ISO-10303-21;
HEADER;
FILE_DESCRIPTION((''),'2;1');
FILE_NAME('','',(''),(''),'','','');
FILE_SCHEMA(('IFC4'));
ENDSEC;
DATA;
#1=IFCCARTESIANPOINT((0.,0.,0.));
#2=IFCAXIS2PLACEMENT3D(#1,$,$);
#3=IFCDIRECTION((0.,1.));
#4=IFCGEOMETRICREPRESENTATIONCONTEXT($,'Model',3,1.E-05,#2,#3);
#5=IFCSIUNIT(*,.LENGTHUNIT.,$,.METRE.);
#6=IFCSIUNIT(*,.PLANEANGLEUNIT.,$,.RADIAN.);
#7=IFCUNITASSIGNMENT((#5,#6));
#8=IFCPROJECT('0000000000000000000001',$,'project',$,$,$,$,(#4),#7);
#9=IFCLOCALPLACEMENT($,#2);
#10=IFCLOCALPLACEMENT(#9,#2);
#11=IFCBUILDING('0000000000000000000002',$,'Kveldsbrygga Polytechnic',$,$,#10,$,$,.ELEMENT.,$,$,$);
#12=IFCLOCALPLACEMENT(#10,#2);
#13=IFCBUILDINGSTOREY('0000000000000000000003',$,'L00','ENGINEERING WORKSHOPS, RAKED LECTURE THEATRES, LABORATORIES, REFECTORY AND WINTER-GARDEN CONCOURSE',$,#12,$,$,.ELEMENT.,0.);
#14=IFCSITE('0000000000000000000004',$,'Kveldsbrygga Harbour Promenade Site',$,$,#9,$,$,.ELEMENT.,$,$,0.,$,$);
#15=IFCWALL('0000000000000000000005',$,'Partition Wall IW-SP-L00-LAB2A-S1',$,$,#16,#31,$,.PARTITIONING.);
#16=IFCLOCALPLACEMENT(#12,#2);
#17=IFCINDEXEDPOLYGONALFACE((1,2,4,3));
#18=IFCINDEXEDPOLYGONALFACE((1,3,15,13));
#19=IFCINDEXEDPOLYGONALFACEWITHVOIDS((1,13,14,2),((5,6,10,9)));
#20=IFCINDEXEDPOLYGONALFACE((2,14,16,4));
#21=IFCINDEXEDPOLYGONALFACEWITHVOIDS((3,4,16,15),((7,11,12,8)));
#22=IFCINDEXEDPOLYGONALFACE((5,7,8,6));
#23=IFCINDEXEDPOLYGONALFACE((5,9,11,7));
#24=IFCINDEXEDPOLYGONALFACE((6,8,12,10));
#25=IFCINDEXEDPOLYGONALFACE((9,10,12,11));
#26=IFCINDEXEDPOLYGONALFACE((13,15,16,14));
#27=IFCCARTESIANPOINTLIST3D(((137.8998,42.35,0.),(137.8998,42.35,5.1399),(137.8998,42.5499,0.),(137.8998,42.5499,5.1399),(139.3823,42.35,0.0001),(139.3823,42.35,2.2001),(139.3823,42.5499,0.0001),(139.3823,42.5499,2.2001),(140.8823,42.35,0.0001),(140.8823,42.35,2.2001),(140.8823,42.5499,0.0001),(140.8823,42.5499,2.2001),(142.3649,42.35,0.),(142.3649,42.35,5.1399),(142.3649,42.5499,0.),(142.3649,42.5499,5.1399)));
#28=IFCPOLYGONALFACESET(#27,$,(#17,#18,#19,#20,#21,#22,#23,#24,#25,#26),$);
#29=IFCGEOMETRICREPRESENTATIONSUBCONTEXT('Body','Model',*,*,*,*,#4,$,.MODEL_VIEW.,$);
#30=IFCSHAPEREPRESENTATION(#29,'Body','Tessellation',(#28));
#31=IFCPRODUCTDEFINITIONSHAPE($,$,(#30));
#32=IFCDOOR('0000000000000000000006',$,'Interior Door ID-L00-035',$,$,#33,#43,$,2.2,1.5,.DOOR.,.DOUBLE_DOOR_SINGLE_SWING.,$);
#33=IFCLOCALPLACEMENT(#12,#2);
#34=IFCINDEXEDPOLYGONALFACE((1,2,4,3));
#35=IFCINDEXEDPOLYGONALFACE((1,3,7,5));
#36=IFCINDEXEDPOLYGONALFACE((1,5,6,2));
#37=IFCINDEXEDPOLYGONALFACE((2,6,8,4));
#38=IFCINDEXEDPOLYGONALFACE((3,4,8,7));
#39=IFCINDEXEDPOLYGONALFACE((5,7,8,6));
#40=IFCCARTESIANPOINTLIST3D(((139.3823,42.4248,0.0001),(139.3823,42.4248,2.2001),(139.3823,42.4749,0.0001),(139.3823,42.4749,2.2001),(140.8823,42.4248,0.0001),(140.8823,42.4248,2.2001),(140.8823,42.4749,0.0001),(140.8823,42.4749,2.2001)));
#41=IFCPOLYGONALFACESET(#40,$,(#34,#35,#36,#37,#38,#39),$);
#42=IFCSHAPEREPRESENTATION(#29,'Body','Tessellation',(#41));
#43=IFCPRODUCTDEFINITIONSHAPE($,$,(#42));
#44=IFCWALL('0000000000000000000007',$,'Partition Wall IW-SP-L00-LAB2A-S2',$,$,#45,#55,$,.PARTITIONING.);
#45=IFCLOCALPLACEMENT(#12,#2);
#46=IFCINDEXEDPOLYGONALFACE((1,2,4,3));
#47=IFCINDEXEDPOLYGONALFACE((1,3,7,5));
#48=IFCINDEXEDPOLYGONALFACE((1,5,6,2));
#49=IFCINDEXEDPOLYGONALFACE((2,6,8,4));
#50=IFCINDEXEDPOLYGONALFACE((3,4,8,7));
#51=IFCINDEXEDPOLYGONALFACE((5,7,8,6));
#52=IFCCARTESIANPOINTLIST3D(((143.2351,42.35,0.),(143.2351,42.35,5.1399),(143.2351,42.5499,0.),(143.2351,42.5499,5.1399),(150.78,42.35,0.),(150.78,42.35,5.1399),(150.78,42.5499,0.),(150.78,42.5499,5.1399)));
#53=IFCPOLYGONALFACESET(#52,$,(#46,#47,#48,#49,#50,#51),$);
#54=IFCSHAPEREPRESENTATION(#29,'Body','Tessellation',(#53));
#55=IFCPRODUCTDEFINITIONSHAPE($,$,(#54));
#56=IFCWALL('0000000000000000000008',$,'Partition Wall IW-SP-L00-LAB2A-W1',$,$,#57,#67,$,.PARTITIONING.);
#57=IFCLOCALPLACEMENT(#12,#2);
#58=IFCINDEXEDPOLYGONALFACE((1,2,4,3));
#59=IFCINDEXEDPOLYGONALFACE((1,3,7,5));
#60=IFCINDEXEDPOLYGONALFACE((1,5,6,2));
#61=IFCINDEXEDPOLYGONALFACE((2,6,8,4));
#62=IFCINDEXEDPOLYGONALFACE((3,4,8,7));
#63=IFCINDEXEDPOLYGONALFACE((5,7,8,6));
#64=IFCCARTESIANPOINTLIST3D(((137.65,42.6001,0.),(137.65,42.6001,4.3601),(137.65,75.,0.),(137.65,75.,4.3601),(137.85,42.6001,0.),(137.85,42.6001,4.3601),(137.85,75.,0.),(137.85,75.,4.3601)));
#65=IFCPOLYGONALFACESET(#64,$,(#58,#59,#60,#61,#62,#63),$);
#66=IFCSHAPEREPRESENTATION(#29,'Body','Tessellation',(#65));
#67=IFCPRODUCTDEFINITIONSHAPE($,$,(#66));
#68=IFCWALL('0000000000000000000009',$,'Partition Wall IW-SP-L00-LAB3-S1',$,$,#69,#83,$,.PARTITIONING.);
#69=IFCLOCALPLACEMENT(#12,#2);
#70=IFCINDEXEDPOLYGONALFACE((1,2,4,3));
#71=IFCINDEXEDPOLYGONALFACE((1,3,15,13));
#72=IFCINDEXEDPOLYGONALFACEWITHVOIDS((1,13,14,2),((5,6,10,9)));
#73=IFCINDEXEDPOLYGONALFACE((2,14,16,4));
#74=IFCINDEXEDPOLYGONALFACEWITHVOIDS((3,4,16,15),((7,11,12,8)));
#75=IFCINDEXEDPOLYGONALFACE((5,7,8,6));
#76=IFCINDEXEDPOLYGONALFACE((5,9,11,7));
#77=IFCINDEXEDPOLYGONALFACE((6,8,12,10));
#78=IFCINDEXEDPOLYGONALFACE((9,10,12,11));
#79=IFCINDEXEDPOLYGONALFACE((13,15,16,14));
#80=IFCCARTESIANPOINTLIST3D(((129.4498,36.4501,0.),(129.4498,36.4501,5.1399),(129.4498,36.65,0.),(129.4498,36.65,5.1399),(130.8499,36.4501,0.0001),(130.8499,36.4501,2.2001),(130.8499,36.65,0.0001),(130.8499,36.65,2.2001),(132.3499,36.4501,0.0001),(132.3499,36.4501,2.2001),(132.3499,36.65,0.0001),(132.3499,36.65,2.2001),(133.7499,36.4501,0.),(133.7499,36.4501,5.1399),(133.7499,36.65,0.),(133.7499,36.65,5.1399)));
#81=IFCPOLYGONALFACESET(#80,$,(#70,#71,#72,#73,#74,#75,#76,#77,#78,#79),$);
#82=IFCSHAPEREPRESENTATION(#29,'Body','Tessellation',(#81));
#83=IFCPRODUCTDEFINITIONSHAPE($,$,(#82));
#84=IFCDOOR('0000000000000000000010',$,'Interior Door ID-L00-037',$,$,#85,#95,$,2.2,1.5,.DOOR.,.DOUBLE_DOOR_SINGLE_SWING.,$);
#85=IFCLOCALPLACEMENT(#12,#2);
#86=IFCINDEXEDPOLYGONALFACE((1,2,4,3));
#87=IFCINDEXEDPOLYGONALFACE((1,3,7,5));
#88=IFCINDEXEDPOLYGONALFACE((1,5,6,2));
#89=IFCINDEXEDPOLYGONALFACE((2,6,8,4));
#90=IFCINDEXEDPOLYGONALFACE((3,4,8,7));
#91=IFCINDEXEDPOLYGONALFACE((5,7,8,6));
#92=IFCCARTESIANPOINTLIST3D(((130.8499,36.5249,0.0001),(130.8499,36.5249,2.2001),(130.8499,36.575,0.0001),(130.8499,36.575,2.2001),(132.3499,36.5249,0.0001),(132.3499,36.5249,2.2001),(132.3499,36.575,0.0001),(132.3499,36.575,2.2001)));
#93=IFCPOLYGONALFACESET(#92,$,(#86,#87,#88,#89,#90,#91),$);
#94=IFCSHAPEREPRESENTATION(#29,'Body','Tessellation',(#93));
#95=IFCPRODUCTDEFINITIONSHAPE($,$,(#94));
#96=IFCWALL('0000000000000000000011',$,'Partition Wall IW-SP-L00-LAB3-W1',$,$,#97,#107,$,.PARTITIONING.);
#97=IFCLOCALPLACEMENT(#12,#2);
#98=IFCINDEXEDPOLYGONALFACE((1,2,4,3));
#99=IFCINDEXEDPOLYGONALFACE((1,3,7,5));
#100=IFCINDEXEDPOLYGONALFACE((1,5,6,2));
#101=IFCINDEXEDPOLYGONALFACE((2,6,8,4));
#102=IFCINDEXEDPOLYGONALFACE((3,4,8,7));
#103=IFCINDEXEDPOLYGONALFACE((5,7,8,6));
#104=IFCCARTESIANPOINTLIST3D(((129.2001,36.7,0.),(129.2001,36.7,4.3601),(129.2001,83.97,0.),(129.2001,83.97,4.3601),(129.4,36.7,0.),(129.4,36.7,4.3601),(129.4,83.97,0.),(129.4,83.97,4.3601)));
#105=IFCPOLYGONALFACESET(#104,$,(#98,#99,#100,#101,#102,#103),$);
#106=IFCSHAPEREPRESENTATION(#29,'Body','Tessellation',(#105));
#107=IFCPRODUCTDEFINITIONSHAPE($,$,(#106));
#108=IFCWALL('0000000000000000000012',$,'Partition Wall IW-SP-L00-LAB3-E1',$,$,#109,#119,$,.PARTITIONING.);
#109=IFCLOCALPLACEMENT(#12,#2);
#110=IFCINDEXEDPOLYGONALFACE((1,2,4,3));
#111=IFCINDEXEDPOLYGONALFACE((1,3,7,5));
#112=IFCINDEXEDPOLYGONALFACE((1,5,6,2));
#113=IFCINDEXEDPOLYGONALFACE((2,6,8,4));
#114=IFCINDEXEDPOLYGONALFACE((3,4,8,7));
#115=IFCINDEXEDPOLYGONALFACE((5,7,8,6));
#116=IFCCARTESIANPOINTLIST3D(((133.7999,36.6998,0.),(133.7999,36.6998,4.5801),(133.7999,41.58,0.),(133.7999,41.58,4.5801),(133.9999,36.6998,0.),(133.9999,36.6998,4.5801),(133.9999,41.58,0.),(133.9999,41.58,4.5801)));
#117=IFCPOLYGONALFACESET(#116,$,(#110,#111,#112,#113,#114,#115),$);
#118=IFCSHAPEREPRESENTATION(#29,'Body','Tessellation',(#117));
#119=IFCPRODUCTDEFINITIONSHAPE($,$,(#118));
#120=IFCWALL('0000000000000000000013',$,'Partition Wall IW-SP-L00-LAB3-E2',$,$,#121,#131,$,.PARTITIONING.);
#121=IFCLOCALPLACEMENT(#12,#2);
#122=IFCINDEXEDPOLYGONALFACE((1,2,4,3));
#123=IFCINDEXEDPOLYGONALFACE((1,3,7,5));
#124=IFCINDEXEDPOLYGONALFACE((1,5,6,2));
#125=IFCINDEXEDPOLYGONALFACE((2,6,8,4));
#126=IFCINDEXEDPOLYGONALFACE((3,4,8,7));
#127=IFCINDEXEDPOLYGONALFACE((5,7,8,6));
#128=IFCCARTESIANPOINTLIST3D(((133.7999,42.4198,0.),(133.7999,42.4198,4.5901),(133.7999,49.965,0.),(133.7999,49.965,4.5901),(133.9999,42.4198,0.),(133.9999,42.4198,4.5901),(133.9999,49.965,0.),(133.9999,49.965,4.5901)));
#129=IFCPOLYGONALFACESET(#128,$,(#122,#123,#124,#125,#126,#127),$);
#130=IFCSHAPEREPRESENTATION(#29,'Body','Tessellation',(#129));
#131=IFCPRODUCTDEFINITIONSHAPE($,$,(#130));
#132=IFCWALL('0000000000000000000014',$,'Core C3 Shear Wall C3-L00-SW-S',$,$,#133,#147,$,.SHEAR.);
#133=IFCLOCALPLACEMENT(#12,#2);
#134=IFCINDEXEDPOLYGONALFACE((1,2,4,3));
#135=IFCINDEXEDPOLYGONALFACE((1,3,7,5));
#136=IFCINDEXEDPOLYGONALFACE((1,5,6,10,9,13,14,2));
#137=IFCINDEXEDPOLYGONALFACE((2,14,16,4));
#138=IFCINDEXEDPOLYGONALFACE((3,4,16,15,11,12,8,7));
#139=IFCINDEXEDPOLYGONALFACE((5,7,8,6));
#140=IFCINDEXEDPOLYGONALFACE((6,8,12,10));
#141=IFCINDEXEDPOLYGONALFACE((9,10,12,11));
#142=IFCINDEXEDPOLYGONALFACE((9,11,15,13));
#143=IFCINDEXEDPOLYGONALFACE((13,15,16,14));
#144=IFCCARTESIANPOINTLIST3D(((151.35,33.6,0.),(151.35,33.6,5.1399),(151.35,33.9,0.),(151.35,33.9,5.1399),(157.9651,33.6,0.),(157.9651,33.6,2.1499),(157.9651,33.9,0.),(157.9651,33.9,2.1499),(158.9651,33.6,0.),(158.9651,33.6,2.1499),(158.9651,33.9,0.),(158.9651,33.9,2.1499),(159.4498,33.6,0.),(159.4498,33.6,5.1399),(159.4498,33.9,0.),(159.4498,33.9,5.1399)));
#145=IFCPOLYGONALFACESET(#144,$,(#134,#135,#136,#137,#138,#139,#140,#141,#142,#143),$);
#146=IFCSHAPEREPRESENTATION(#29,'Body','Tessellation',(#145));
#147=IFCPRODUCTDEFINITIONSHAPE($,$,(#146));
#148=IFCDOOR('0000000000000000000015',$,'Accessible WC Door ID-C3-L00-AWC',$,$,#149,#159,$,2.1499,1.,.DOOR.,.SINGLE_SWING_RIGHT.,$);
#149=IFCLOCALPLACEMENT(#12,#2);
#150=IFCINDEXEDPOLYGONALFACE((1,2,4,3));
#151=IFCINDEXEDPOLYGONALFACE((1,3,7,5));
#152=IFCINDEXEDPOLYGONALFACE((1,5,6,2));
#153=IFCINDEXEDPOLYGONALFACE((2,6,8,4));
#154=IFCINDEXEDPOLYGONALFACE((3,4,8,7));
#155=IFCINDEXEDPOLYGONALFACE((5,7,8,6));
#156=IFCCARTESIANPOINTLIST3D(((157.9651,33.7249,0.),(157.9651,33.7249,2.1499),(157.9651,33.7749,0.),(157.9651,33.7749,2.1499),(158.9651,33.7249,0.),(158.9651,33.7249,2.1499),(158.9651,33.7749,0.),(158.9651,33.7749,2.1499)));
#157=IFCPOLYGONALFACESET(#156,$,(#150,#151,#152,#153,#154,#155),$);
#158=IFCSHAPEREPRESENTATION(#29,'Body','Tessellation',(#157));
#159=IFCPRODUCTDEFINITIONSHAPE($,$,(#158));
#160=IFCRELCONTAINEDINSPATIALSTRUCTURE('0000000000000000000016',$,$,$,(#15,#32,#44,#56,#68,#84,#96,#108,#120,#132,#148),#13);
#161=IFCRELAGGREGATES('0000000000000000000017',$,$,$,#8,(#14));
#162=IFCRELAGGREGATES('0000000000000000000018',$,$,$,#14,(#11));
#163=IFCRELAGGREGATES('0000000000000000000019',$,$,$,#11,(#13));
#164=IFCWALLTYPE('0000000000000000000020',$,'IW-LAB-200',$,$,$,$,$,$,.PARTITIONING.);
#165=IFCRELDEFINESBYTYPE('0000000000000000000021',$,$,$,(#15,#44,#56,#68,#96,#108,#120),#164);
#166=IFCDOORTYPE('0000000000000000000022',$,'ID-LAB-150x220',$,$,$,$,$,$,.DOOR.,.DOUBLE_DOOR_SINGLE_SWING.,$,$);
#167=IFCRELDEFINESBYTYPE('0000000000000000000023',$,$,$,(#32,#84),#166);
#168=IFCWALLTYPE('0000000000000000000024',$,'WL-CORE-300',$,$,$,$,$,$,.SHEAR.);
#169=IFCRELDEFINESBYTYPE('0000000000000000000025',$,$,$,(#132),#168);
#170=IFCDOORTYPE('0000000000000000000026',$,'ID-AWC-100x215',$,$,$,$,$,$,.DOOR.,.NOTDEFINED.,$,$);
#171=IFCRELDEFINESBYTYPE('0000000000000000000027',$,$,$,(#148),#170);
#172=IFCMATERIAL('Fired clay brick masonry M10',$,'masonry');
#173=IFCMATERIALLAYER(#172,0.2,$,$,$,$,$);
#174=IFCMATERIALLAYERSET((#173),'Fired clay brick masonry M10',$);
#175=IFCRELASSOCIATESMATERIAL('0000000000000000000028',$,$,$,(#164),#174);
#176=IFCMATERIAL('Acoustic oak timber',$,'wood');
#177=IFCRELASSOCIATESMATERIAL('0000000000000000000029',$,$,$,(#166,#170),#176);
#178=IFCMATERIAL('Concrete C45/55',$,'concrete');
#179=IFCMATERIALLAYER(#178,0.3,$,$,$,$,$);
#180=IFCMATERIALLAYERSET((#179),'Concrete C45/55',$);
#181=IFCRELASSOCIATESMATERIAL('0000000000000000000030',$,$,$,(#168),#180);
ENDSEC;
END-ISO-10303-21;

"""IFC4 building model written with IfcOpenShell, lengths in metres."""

from ifc_helpers import new_model, si_unit, direction, frame, frame_2d, origin, place, context, subcontext, project, spatial, rectangle, extrude, material, layer, layer_set, type_object, element, fill, save


model = new_model("IFC4")

# Units and contexts
model_context = context("Model", 3, precision=1e-05, world=origin(), true_north=direction((0.0, 1.0)))
body_context = subcontext(model_context, "Body", "Model", "MODEL_VIEW")
ifc_project = project(units=[si_unit("LENGTHUNIT", "METRE"), si_unit("PLANEANGLEUNIT", "RADIAN")], contexts=[model_context])

# Site, building, storey
site_placement = place(None, origin())
site = spatial("IfcSite", under=ifc_project, at=site_placement, Name="Kveldsbrygga Harbour Promenade Site", CompositionType="ELEMENT", RefElevation=0.0)
building_placement = place(site_placement, origin())
building = spatial("IfcBuilding", under=site, at=building_placement, Name="Kveldsbrygga Polytechnic", CompositionType="ELEMENT")
storey_placement = place(building_placement, origin())
storey = spatial("IfcBuildingStorey", under=building, at=storey_placement, Name="L00", Description="ENGINEERING WORKSHOPS, RAKED LECTURE THEATRES, LABORATORIES, REFECTORY AND WINTER-GARDEN CONCOURSE", CompositionType="ELEMENT", Elevation=0.0)

# Shared definitions
ifc_material_1 = material(Name="Concrete C45/55", Category="concrete")

# Wall, opening, door
ifc_material_2 = material(Name="Fired clay brick masonry M10", Category="masonry")
ifc_layer_1 = layer(ifc_material_2, 0.2)
ifc_layer_set_1 = layer_set([ifc_layer_1], Name="Fired clay brick masonry M10")
wall_type_1 = type_object("IfcWallType", Name="IW-LAB-200", PredefinedType="PARTITIONING", material=ifc_layer_set_1)
wall_1_placement = place(storey_placement, frame((137.8999, 42.45, 0.0), z_axis=(0.0, 0.0, 1.0), x_axis=(1.0, 0.0, 0.0)))
wall_1 = element("IfcWall", 1, at=wall_1_placement, inside=storey, type_object=wall_type_1, Name="Partition Wall IW-SP-L00-LAB2A-S1", PredefinedType="PARTITIONING", context=body_context, shape_type="SweptSolid", body=[
    extrude(rectangle(XDim=4.4651, YDim=0.2, at=frame_2d((2.2324, 0.0))), origin(), (0.0, 0.0, 1.0), 5.1399),
])
opening_1_placement = place(wall_1_placement, frame((1.4824, 0.0, 0.0)))
opening_1 = element("IfcOpeningElement", 2, at=opening_1_placement, cuts=wall_1, PredefinedType="OPENING", context=body_context, shape_type="SweptSolid", body=[
    extrude(rectangle(XDim=1.5, YDim=2.2, at=frame_2d((0.75, 1.1001))), frame((0.0, 0.1099, 0.0), z_axis=(0.0, -1.0, 0.0), x_axis=(1.0, 0.0, 0.0)), (0.0, 0.0, 1.0), 0.22),
])
ifc_material_3 = material(Name="Acoustic oak timber", Category="wood")
door_type_1 = type_object("IfcDoorType", Name="ID-LAB-150x220", OperationType="DOUBLE_DOOR_SINGLE_SWING", PredefinedType="DOOR", material=ifc_material_3)
door_1_placement = place(opening_1_placement, origin())
door_1 = element("IfcDoor", 3, at=door_1_placement, inside=storey, type_object=door_type_1, Name="Interior Door ID-L00-035", OperationType="DOUBLE_DOOR_SINGLE_SWING", OverallHeight=2.2, OverallWidth=1.5, PredefinedType="DOOR", context=body_context, shape_type="SweptSolid", body=[
    extrude(rectangle(XDim=1.5, YDim=2.2, at=frame_2d((0.75, 1.1001))), frame((0.0, 0.0249, 0.0), z_axis=(0.0, -1.0, 0.0), x_axis=(1.0, 0.0, 0.0)), (0.0, 0.0, 1.0), 0.05),
])
fill(opening_1, door_1)

# Walls
wall_2_placement = place(storey_placement, frame((143.2351, 42.45, 0.0), z_axis=(0.0, 0.0, 1.0), x_axis=(1.0, 0.0, 0.0)))
element("IfcWall", 4, at=wall_2_placement, inside=storey, type_object=wall_type_1, Name="Partition Wall IW-SP-L00-LAB2A-S2", PredefinedType="PARTITIONING", context=body_context, shape_type="SweptSolid", body=[
    extrude(rectangle(XDim=7.5449, YDim=0.2, at=frame_2d((3.7725, 0.0))), origin(), (0.0, 0.0, 1.0), 5.1399),
])
wall_3_placement = place(storey_placement, frame((137.75, 42.6001, 0.0), z_axis=(0.0, 0.0, 1.0), x_axis=(0.0, 1.0, 0.0)))
element("IfcWall", 5, at=wall_3_placement, inside=storey, type_object=wall_type_1, Name="Partition Wall IW-SP-L00-LAB2A-W1", PredefinedType="PARTITIONING", context=body_context, shape_type="SweptSolid", body=[
    extrude(rectangle(XDim=32.3999, YDim=0.2, at=frame_2d((16.2, 0.0))), origin(), (0.0, 0.0, 1.0), 4.3601),
])

# Wall, opening, door
wall_4_placement = place(storey_placement, frame((129.45, 36.55, 0.0), z_axis=(0.0, 0.0, 1.0), x_axis=(1.0, 0.0, 0.0)))
wall_4 = element("IfcWall", 6, at=wall_4_placement, inside=storey, type_object=wall_type_1, Name="Partition Wall IW-SP-L00-LAB3-S1", PredefinedType="PARTITIONING", context=body_context, shape_type="SweptSolid", body=[
    extrude(rectangle(XDim=4.3, YDim=0.2, at=frame_2d((2.1499, 0.0))), origin(), (0.0, 0.0, 1.0), 5.1399),
])
opening_2_placement = place(wall_4_placement, frame((1.3999, 0.0, 0.0)))
opening_2 = element("IfcOpeningElement", 7, at=opening_2_placement, cuts=wall_4, PredefinedType="OPENING", context=body_context, shape_type="SweptSolid", body=[
    extrude(rectangle(XDim=1.5, YDim=2.2, at=frame_2d((0.75, 1.1001))), frame((0.0, 0.1099, 0.0), z_axis=(0.0, -1.0, 0.0), x_axis=(1.0, 0.0, 0.0)), (0.0, 0.0, 1.0), 0.22),
])
door_2_placement = place(opening_2_placement, origin())
door_2 = element("IfcDoor", 8, at=door_2_placement, inside=storey, type_object=door_type_1, Name="Interior Door ID-L00-037", OperationType="DOUBLE_DOOR_SINGLE_SWING", OverallHeight=2.2, OverallWidth=1.5, PredefinedType="DOOR", context=body_context, shape_type="SweptSolid", body=[
    extrude(rectangle(XDim=1.5, YDim=2.2, at=frame_2d((0.75, 1.1001))), frame((0.0, 0.0249, 0.0), z_axis=(0.0, -1.0, 0.0), x_axis=(1.0, 0.0, 0.0)), (0.0, 0.0, 1.0), 0.05),
])
fill(opening_2, door_2)

# Walls
wall_5_placement = place(storey_placement, frame((129.3, 36.7, 0.0), z_axis=(0.0, 0.0, 1.0), x_axis=(0.0, 1.0, 0.0)))
element("IfcWall", 9, at=wall_5_placement, inside=storey, type_object=wall_type_1, Name="Partition Wall IW-SP-L00-LAB3-W1", PredefinedType="PARTITIONING", context=body_context, shape_type="SweptSolid", body=[
    extrude(rectangle(XDim=47.27, YDim=0.2, at=frame_2d((23.635, 0.0))), origin(), (0.0, 0.0, 1.0), 4.3601),
])
wall_6_placement = place(storey_placement, frame((133.8999, 36.7, 0.0), z_axis=(0.0, 0.0, 1.0), x_axis=(0.0, 1.0, 0.0)))
element("IfcWall", 10, at=wall_6_placement, inside=storey, type_object=wall_type_1, Name="Partition Wall IW-SP-L00-LAB3-E1", PredefinedType="PARTITIONING", context=body_context, shape_type="SweptSolid", body=[
    extrude(rectangle(XDim=4.8801, YDim=0.2, at=frame_2d((2.4399, 0.0))), origin(), (0.0, 0.0, 1.0), 4.5801),
])
wall_7_placement = place(storey_placement, frame((133.8999, 42.4199, 0.0), z_axis=(0.0, 0.0, 1.0), x_axis=(0.0, 1.0, 0.0)))
element("IfcWall", 11, at=wall_7_placement, inside=storey, type_object=wall_type_1, Name="Partition Wall IW-SP-L00-LAB3-E2", PredefinedType="PARTITIONING", context=body_context, shape_type="SweptSolid", body=[
    extrude(rectangle(XDim=7.5452, YDim=0.2, at=frame_2d((3.7725, 0.0))), origin(), (0.0, 0.0, 1.0), 4.5901),
])

# Wall, opening, door
ifc_layer_2 = layer(ifc_material_1, 0.3)
ifc_layer_set_2 = layer_set([ifc_layer_2], Name="Concrete C45/55")
wall_type_2 = type_object("IfcWallType", Name="WL-CORE-300", PredefinedType="SHEAR", material=ifc_layer_set_2)
wall_8_placement = place(storey_placement, frame((151.3501, 33.75, 0.0), z_axis=(0.0, 0.0, 1.0), x_axis=(1.0, 0.0, 0.0)))
wall_8 = element("IfcWall", 12, at=wall_8_placement, inside=storey, type_object=wall_type_2, Name="Core C3 Shear Wall C3-L00-SW-S", PredefinedType="SHEAR", context=body_context, shape_type="SweptSolid", body=[
    extrude(rectangle(XDim=8.0999, YDim=0.3, at=frame_2d((4.0498, 0.0))), origin(), (0.0, 0.0, 1.0), 5.1399),
])
opening_3_placement = place(wall_8_placement, frame((6.615, 0.0, 0.0)))
opening_3 = element("IfcOpeningElement", 13, at=opening_3_placement, cuts=wall_8, PredefinedType="OPENING", context=body_context, shape_type="SweptSolid", body=[
    extrude(rectangle(XDim=1.0, YDim=2.1499, at=frame_2d((0.5, 1.075))), frame((0.0, 0.1602, 0.0), z_axis=(0.0, -1.0, 0.0), x_axis=(1.0, 0.0, 0.0)), (0.0, 0.0, 1.0), 0.3201),
])
door_type_2 = type_object("IfcDoorType", Name="ID-AWC-100x215", OperationType="NOTDEFINED", PredefinedType="DOOR", material=ifc_material_3)
door_3_placement = place(opening_3_placement, origin())
door_3 = element("IfcDoor", 14, at=door_3_placement, inside=storey, type_object=door_type_2, Name="Accessible WC Door ID-C3-L00-AWC", OperationType="SINGLE_SWING_RIGHT", OverallHeight=2.1499, OverallWidth=1.0, PredefinedType="DOOR", context=body_context, shape_type="SweptSolid", body=[
    extrude(rectangle(XDim=1.0, YDim=2.1499, at=frame_2d((0.5, 1.075))), frame((0.0, 0.0249, 0.0), z_axis=(0.0, -1.0, 0.0), x_axis=(1.0, 0.0, 0.0)), (0.0, 0.0, 1.0), 0.05),
])
fill(opening_3, door_3)

save(model, "model.ifc")
